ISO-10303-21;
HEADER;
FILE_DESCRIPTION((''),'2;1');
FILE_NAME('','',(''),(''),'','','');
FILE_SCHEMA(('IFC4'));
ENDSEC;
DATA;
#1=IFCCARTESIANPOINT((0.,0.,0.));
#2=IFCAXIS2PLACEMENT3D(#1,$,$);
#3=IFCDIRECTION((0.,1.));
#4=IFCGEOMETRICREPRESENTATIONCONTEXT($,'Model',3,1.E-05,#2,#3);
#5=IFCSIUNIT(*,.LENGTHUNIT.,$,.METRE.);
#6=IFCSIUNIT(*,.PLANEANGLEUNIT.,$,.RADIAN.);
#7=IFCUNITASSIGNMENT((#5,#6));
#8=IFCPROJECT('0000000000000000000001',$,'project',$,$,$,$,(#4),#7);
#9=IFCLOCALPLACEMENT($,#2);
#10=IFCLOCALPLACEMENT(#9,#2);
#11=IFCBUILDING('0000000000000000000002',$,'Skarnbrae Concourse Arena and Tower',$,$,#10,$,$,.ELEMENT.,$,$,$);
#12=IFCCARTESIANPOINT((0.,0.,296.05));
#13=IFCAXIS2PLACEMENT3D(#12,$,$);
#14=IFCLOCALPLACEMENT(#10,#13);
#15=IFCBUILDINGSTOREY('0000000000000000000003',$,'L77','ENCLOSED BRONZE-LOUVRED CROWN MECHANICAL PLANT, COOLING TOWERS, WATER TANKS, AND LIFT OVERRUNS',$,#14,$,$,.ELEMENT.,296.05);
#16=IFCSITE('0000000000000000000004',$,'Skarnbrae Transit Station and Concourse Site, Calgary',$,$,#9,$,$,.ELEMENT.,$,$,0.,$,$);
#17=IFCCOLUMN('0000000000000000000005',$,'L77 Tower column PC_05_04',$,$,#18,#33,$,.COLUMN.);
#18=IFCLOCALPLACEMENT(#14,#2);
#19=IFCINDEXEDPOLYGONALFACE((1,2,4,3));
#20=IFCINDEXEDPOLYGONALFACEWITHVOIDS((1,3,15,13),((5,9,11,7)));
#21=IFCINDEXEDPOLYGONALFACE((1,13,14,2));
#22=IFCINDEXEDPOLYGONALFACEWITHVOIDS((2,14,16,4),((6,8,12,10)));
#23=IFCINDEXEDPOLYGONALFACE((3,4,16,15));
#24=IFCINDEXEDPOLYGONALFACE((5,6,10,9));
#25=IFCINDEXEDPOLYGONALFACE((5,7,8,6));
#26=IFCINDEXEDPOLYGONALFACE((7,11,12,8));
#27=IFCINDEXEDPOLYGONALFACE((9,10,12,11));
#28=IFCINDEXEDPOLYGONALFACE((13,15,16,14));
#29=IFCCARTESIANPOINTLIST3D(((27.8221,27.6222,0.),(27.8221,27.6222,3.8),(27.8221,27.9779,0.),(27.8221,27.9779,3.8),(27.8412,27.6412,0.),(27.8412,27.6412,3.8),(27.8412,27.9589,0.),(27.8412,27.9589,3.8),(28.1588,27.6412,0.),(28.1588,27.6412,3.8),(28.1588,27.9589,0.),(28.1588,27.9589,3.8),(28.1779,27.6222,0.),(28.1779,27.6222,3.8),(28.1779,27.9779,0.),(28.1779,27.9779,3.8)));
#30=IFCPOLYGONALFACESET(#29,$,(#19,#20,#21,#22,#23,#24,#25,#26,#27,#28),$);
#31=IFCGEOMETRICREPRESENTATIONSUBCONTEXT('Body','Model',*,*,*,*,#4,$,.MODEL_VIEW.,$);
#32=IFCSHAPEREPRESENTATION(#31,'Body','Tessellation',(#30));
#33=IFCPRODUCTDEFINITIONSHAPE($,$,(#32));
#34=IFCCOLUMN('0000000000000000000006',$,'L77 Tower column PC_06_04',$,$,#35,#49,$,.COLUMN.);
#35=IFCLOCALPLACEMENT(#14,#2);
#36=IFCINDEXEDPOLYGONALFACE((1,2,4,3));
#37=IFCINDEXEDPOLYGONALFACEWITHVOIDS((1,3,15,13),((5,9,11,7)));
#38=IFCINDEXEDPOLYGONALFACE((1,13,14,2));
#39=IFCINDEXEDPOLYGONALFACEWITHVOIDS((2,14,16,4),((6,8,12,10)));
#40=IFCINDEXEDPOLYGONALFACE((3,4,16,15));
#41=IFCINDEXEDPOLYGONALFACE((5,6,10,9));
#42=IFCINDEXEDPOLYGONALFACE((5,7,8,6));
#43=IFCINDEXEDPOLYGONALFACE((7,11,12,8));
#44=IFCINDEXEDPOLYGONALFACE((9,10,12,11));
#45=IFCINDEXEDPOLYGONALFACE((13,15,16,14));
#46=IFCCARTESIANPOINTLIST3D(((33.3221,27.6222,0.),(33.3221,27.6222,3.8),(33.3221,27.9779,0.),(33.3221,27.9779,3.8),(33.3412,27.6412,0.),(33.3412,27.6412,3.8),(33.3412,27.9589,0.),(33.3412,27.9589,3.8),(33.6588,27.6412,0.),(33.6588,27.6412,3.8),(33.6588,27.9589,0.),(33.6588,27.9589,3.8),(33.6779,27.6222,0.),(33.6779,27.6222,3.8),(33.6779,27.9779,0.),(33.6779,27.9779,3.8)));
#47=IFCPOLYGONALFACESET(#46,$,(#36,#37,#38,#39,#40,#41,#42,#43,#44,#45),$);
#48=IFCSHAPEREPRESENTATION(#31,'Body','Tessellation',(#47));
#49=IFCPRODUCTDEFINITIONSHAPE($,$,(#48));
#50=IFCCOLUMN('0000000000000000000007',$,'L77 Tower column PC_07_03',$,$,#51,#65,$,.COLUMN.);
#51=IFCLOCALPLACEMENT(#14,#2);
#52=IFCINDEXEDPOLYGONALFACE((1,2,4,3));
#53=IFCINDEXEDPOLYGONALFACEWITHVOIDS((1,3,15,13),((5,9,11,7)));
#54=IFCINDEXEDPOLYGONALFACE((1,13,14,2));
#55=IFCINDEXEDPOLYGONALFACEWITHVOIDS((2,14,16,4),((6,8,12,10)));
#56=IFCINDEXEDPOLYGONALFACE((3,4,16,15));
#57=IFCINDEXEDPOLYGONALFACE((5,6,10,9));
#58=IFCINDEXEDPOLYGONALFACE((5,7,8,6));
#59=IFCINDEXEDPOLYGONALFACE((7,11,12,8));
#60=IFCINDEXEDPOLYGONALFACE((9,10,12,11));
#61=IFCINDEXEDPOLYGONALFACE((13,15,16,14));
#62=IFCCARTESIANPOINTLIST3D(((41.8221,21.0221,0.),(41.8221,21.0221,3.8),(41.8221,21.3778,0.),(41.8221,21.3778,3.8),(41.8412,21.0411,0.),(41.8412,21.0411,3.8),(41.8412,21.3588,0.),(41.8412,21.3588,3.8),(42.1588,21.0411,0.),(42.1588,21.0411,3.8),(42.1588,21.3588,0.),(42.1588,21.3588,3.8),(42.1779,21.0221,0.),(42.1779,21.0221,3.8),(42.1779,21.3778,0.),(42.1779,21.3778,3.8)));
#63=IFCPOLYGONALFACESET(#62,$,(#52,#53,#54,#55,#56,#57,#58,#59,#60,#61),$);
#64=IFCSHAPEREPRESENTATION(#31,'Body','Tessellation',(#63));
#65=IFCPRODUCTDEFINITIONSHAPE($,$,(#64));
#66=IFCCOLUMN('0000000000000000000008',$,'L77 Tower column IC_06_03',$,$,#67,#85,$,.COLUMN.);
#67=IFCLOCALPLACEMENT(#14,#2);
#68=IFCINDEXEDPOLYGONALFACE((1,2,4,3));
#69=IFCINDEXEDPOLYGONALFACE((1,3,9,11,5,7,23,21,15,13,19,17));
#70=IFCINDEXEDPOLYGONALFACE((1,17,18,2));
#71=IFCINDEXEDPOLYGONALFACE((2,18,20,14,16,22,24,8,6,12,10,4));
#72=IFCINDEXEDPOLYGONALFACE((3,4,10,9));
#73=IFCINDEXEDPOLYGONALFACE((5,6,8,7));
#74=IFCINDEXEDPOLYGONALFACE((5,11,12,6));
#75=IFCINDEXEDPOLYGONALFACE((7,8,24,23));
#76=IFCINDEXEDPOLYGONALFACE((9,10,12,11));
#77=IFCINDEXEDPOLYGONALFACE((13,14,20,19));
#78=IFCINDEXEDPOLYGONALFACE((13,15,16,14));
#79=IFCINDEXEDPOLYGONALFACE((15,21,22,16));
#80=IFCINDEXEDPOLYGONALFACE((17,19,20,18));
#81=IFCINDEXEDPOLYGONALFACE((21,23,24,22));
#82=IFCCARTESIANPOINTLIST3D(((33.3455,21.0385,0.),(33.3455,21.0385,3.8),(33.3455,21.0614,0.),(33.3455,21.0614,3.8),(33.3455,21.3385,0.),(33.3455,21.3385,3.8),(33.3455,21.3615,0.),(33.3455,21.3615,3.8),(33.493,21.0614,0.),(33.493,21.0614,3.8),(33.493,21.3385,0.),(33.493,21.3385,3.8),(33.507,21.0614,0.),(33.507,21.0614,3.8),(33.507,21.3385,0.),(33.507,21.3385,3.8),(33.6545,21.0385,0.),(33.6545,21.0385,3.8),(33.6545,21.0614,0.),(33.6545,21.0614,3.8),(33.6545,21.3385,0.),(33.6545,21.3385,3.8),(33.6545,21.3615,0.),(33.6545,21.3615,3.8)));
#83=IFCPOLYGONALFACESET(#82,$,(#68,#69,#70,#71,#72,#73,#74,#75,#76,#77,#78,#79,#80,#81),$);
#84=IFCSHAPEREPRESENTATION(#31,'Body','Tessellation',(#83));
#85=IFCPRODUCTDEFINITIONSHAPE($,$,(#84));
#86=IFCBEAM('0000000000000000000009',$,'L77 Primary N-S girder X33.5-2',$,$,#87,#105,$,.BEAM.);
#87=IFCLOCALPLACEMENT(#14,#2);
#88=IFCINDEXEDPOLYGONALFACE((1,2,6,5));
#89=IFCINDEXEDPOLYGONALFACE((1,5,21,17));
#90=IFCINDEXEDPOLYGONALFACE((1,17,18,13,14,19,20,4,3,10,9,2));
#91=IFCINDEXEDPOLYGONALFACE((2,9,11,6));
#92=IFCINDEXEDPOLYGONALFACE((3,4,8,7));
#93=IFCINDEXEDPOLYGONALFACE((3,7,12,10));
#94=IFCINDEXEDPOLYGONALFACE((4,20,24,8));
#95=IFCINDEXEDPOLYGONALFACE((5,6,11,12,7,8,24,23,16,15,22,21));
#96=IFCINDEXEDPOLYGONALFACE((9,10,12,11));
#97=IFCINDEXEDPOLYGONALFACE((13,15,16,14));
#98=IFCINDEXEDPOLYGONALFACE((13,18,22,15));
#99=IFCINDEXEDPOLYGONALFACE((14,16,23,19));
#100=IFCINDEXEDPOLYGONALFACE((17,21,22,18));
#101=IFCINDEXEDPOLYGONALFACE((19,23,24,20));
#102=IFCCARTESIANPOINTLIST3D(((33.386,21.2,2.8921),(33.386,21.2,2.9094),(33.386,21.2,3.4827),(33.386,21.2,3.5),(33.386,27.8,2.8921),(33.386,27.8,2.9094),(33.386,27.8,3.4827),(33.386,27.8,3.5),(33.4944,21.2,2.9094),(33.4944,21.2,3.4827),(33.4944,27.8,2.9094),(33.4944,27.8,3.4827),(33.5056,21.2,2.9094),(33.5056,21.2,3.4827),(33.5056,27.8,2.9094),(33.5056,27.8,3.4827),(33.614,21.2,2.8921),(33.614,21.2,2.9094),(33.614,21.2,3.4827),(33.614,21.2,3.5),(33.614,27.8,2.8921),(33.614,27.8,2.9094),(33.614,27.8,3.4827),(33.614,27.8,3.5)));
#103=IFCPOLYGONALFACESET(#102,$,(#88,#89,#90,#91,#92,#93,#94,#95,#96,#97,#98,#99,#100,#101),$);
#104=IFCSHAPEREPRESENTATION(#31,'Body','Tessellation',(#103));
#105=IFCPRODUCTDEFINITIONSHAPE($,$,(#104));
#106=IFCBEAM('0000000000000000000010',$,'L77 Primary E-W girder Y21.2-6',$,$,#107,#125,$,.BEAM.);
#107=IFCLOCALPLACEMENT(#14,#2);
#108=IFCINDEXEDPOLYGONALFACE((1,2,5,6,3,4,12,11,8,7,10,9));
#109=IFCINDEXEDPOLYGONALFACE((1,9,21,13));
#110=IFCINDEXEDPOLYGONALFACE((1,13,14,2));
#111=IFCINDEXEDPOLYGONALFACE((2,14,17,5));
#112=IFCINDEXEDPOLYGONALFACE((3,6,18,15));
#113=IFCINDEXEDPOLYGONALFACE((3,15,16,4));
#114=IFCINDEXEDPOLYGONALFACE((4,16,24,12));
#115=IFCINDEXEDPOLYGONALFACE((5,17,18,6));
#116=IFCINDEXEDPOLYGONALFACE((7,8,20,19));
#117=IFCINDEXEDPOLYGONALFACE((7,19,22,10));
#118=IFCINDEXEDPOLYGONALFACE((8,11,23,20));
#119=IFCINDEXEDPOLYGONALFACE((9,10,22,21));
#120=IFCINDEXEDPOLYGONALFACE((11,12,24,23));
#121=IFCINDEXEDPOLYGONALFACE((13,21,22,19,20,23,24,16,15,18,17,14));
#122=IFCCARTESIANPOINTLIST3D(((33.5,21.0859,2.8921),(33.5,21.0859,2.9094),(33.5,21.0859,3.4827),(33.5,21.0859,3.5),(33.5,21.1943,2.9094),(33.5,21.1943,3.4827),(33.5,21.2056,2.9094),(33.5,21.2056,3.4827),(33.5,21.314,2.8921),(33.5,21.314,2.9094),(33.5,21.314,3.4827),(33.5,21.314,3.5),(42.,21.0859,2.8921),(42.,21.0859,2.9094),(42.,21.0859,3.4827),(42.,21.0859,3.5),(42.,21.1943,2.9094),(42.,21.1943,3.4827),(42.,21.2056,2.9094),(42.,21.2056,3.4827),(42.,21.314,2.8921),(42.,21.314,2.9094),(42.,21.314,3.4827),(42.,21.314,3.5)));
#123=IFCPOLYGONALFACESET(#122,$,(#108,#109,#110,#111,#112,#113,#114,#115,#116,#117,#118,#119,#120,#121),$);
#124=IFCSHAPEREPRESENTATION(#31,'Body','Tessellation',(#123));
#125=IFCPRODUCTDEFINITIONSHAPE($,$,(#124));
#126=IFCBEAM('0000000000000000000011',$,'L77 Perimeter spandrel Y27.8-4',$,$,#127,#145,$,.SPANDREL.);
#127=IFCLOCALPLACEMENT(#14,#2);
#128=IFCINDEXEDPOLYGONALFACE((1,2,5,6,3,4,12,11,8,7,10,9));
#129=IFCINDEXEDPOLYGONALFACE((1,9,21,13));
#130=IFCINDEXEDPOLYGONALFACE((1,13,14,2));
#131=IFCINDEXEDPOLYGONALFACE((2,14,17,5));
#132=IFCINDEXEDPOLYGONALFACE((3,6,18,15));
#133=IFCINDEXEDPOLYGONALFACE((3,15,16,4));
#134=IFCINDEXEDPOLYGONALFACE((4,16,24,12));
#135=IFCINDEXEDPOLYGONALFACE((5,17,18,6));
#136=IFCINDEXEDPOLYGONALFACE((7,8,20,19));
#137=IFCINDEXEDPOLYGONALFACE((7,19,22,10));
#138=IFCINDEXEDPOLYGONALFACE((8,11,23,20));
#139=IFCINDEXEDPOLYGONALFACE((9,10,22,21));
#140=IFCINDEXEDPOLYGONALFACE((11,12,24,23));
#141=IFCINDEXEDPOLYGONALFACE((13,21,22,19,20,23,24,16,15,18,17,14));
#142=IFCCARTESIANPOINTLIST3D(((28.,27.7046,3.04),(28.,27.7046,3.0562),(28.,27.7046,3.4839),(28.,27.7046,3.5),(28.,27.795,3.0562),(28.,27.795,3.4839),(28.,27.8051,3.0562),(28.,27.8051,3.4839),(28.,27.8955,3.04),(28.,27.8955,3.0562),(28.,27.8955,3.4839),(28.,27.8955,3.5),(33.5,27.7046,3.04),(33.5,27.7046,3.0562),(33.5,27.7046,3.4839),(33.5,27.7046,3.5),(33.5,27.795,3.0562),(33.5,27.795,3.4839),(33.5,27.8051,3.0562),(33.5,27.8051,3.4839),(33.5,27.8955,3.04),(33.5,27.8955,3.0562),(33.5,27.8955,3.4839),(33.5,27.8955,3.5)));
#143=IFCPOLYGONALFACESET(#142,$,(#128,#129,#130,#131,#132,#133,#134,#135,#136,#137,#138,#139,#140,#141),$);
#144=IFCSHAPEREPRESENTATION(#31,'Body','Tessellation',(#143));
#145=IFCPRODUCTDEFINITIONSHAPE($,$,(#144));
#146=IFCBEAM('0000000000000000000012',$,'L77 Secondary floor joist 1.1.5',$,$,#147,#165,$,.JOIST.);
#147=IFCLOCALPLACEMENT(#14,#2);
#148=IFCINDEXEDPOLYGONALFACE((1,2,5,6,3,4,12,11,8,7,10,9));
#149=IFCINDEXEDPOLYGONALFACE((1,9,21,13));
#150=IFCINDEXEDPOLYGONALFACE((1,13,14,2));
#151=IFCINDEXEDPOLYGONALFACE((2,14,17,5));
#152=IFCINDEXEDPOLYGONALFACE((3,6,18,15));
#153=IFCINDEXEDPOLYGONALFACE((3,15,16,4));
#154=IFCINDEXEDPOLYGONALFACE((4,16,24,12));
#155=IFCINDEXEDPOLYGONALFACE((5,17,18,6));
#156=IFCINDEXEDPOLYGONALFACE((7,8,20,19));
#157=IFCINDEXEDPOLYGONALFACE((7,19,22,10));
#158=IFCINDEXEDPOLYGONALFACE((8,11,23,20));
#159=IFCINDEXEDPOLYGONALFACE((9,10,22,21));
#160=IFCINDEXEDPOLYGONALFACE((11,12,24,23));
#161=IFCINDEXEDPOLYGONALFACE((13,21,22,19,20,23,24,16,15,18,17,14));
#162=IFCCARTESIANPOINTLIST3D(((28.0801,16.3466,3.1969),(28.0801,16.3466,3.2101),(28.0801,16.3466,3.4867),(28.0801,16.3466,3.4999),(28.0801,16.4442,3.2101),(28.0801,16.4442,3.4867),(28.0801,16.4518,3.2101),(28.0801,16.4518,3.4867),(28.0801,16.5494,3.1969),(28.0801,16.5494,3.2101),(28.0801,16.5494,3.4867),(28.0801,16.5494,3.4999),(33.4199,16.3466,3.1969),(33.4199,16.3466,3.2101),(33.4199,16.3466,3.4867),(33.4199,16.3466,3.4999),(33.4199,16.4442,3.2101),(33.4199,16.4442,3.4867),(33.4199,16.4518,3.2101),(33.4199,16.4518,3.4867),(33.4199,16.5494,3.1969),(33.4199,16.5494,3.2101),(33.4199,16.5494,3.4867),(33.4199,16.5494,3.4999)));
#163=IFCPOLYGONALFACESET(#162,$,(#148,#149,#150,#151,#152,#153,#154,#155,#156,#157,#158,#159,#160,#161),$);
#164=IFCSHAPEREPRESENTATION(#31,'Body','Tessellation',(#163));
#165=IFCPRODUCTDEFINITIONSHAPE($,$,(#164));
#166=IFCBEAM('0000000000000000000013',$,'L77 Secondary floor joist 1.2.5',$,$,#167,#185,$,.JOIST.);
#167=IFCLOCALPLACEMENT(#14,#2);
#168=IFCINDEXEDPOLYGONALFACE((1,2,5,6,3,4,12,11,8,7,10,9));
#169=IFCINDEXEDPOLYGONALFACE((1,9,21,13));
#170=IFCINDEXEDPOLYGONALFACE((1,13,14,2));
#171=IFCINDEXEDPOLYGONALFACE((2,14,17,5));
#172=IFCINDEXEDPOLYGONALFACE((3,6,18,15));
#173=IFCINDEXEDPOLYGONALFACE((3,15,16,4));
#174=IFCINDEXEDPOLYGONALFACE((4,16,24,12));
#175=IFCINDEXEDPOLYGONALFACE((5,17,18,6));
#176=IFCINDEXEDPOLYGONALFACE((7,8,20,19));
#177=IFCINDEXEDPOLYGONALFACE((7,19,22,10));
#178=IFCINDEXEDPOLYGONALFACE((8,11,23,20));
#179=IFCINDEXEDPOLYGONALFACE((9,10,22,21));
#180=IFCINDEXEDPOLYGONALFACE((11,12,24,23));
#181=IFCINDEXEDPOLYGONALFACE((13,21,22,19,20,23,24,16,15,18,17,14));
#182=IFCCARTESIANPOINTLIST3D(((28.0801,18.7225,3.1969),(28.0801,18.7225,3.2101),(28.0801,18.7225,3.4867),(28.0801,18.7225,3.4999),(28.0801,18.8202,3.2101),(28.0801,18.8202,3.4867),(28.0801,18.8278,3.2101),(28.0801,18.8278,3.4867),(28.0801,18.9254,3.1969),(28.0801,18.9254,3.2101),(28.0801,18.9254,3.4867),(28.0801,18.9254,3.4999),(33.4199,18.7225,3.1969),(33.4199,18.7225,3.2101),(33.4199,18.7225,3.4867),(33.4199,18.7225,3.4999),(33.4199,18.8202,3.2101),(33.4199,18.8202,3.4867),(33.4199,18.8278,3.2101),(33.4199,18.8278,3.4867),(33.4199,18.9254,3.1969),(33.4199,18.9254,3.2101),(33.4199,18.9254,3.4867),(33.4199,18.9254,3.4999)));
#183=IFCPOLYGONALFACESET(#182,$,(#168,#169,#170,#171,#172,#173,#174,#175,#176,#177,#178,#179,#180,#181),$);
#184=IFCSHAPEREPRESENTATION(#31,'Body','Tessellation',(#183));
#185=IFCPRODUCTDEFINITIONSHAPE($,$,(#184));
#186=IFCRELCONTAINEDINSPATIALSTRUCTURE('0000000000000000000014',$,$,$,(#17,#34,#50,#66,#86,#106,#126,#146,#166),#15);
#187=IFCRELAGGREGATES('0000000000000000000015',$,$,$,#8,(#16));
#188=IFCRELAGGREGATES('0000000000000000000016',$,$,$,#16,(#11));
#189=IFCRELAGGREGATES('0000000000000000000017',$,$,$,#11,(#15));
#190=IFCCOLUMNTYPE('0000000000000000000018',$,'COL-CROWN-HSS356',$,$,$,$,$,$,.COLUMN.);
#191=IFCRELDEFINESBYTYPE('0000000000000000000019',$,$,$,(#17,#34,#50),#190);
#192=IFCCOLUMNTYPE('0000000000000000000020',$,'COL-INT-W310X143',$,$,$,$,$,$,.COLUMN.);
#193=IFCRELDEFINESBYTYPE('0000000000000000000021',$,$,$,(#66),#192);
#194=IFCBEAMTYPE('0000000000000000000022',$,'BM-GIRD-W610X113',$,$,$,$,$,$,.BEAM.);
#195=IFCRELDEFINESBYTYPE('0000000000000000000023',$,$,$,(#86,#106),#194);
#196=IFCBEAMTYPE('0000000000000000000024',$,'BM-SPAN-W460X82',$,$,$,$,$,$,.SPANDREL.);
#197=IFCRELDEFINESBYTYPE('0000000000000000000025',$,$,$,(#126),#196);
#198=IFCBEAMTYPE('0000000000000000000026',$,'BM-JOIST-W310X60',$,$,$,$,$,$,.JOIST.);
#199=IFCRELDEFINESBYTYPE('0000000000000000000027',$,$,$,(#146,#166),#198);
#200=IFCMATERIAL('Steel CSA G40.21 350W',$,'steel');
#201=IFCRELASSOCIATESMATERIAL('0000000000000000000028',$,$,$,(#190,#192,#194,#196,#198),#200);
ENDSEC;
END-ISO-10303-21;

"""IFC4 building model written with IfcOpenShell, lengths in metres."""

from ifc_helpers import new_model, si_unit, direction, frame, origin, origin_2d, place, context, subcontext, project, spatial, hollow_rectangle, i_section, extrude, source, transform, mapped, material, material_profile, profile_set, type_object, element, save


model = new_model("IFC4")

# Units and contexts
model_context = context("Model", 3, precision=1e-05, world=origin(), true_north=direction((0.0, 1.0)))
body_context = subcontext(model_context, "Body", "Model", "MODEL_VIEW")
ifc_project = project(units=[si_unit("LENGTHUNIT", "METRE"), si_unit("PLANEANGLEUNIT", "RADIAN")], contexts=[model_context])

# Site, building, storey
site_placement = place(None, origin())
site = spatial("IfcSite", under=ifc_project, at=site_placement, Name="Skarnbrae Transit Station and Concourse Site, Calgary", CompositionType="ELEMENT", RefElevation=0.0)
building_placement = place(site_placement, origin())
building = spatial("IfcBuilding", under=site, at=building_placement, Name="Skarnbrae Concourse Arena and Tower", CompositionType="ELEMENT")
storey_placement = place(building_placement, frame((0.0, 0.0, 296.05)))
storey = spatial("IfcBuildingStorey", under=building, at=storey_placement, Name="L77", Description="ENCLOSED BRONZE-LOUVRED CROWN MECHANICAL PLANT, COOLING TOWERS, WATER TANKS, AND LIFT OVERRUNS", CompositionType="ELEMENT", Elevation=296.05)

# Columns
ifc_material_1 = material(Name="Steel CSA G40.21 350W", Category="steel")
ifc_material_profile_1 = material_profile(ifc_material_1, hollow_rectangle(XDim=0.3557, YDim=0.3557, WallThickness=0.019, at=origin_2d()), Name="HSS356X356X19.0")
ifc_profile_set_1 = profile_set([ifc_material_profile_1], Name="Steel CSA G40.21 350W")
column_type_1 = type_object("IfcColumnType", Name="COL-CROWN-HSS356", PredefinedType="COLUMN", material=ifc_profile_set_1)
shared_shape_1 = source(origin(), body_context, "Body", "SweptSolid", [
    extrude(hollow_rectangle(XDim=0.3557, YDim=0.3557, WallThickness=0.019, at=origin_2d()), origin(), (0.0, 0.0, 1.0), 3.8),
])
for number, where, z_axis, x_axis, name in (
    (1, (28.0, 27.8, 0.0), (0.0, 0.0, 1.0), (1.0, 0.0, 0.0), "L77 Tower column PC_05_04"),
    (2, (33.5, 27.8, 0.0), (0.0, 0.0, 1.0), (1.0, 0.0, 0.0), "L77 Tower column PC_06_04"),
    (3, (42.0, 21.2, 0.0), (0.0, 0.0, 1.0), (1.0, 0.0, 0.0), "L77 Tower column PC_07_03"),
):
    element("IfcColumn", number, at=place(storey_placement, frame(where, z_axis=z_axis, x_axis=x_axis)), inside=storey, type_object=column_type_1, Name=name, PredefinedType="COLUMN", context=body_context, shape_type="MappedRepresentation", body=[
        mapped(shared_shape_1, transform((0.0, 0.0, 0.0))),
    ])
ifc_material_profile_2 = material_profile(ifc_material_1, i_section(OverallWidth=0.3091, OverallDepth=0.323, WebThickness=0.0139, FlangeThickness=0.0229, at=origin_2d()), Name="W310X143")
ifc_profile_set_2 = profile_set([ifc_material_profile_2], Name="Steel CSA G40.21 350W")
column_type_2 = type_object("IfcColumnType", Name="COL-INT-W310X143", PredefinedType="COLUMN", material=ifc_profile_set_2)
shared_shape_2 = source(origin(), body_context, "Body", "SweptSolid", [
    extrude(i_section(OverallWidth=0.3091, OverallDepth=0.323, WebThickness=0.0139, FlangeThickness=0.0229, at=origin_2d()), origin(), (0.0, 0.0, 1.0), 3.8),
])
column_placement = place(storey_placement, frame((33.5, 21.2, 0.0), z_axis=(0.0, 0.0, 1.0), x_axis=(1.0, 0.0, 0.0)))
element("IfcColumn", 4, at=column_placement, inside=storey, type_object=column_type_2, Name="L77 Tower column IC_06_03", PredefinedType="COLUMN", context=body_context, shape_type="MappedRepresentation", body=[
    mapped(shared_shape_2, transform((0.0, 0.0, 0.0))),
])

# Beams
ifc_material_profile_3 = material_profile(ifc_material_1, i_section(OverallWidth=0.228, OverallDepth=0.6079, WebThickness=0.0112, FlangeThickness=0.0173, at=origin_2d()), Name="W610X113")
ifc_profile_set_3 = profile_set([ifc_material_profile_3], Name="Steel CSA G40.21 350W")
beam_type_1 = type_object("IfcBeamType", Name="BM-GIRD-W610X113", PredefinedType="BEAM", material=ifc_profile_set_3)
shared_shape_3 = source(origin(), body_context, "Body", "SweptSolid", [
    extrude(i_section(OverallWidth=0.228, OverallDepth=0.6079, WebThickness=0.0112, FlangeThickness=0.0173, at=origin_2d()), origin(), (0.0, 0.0, 1.0), 6.6001),
])
beam_1_placement = place(storey_placement, frame((33.5, 21.2, 3.196), z_axis=(0.0, 1.0, 0.0), x_axis=(-1.0, 0.0, 0.0)))
element("IfcBeam", 5, at=beam_1_placement, inside=storey, type_object=beam_type_1, Name="L77 Primary N-S girder X33.5-2", PredefinedType="BEAM", context=body_context, shape_type="MappedRepresentation", body=[
    mapped(shared_shape_3, transform((0.0, 0.0, 0.0))),
])
shared_shape_4 = source(origin(), body_context, "Body", "SweptSolid", [
    extrude(i_section(OverallWidth=0.228, OverallDepth=0.6079, WebThickness=0.0112, FlangeThickness=0.0173, at=origin_2d()), origin(), (0.0, 0.0, 1.0), 8.5),
])
beam_2_placement = place(storey_placement, frame((33.5, 21.2, 3.196), z_axis=(1.0, 0.0, 0.0), x_axis=(0.0, 1.0, 0.0)))
element("IfcBeam", 6, at=beam_2_placement, inside=storey, type_object=beam_type_1, Name="L77 Primary E-W girder Y21.2-6", PredefinedType="BEAM", context=body_context, shape_type="MappedRepresentation", body=[
    mapped(shared_shape_4, transform((0.0, 0.0, 0.0))),
])
ifc_material_profile_4 = material_profile(ifc_material_1, i_section(OverallWidth=0.1909, OverallDepth=0.46, WebThickness=0.01, FlangeThickness=0.0161, at=origin_2d()), Name="W460X82")
ifc_profile_set_4 = profile_set([ifc_material_profile_4], Name="Steel CSA G40.21 350W")
beam_type_2 = type_object("IfcBeamType", Name="BM-SPAN-W460X82", PredefinedType="SPANDREL", material=ifc_profile_set_4)
shared_shape_5 = source(origin(), body_context, "Body", "SweptSolid", [
    extrude(i_section(OverallWidth=0.1909, OverallDepth=0.46, WebThickness=0.01, FlangeThickness=0.0161, at=origin_2d()), origin(), (0.0, 0.0, 1.0), 5.5),
])
beam_3_placement = place(storey_placement, frame((28.0, 27.8, 3.27), z_axis=(1.0, 0.0, 0.0), x_axis=(0.0, 1.0, 0.0)))
element("IfcBeam", 7, at=beam_3_placement, inside=storey, type_object=beam_type_2, Name="L77 Perimeter spandrel Y27.8-4", PredefinedType="SPANDREL", context=body_context, shape_type="MappedRepresentation", body=[
    mapped(shared_shape_5, transform((0.0, 0.0, 0.0))),
])
ifc_material_profile_5 = material_profile(ifc_material_1, i_section(OverallWidth=0.2029, OverallDepth=0.303, WebThickness=0.0076, FlangeThickness=0.0132, at=origin_2d()), Name="W310X60")
ifc_profile_set_5 = profile_set([ifc_material_profile_5], Name="Steel CSA G40.21 350W")
beam_type_3 = type_object("IfcBeamType", Name="BM-JOIST-W310X60", PredefinedType="JOIST", material=ifc_profile_set_5)
shared_shape_6 = source(origin(), body_context, "Body", "SweptSolid", [
    extrude(i_section(OverallWidth=0.2029, OverallDepth=0.303, WebThickness=0.0076, FlangeThickness=0.0132, at=origin_2d()), origin(), (0.0, 0.0, 1.0), 5.3398),
])
for number, where, z_axis, x_axis, name in (
    (8, (28.0801, 16.448, 3.3484), (1.0, 0.0, 0.0), (0.0, 1.0, 0.0), "L77 Secondary floor joist 1.1.5"),
    (9, (28.0801, 18.824, 3.3484), (1.0, 0.0, 0.0), (0.0, 1.0, 0.0), "L77 Secondary floor joist 1.2.5"),
):
    element("IfcBeam", number, at=place(storey_placement, frame(where, z_axis=z_axis, x_axis=x_axis)), inside=storey, type_object=beam_type_3, Name=name, PredefinedType="JOIST", context=body_context, shape_type="MappedRepresentation", body=[
        mapped(shared_shape_6, transform((0.0, 0.0, 0.0))),
    ])

save(model, "model.ifc")
